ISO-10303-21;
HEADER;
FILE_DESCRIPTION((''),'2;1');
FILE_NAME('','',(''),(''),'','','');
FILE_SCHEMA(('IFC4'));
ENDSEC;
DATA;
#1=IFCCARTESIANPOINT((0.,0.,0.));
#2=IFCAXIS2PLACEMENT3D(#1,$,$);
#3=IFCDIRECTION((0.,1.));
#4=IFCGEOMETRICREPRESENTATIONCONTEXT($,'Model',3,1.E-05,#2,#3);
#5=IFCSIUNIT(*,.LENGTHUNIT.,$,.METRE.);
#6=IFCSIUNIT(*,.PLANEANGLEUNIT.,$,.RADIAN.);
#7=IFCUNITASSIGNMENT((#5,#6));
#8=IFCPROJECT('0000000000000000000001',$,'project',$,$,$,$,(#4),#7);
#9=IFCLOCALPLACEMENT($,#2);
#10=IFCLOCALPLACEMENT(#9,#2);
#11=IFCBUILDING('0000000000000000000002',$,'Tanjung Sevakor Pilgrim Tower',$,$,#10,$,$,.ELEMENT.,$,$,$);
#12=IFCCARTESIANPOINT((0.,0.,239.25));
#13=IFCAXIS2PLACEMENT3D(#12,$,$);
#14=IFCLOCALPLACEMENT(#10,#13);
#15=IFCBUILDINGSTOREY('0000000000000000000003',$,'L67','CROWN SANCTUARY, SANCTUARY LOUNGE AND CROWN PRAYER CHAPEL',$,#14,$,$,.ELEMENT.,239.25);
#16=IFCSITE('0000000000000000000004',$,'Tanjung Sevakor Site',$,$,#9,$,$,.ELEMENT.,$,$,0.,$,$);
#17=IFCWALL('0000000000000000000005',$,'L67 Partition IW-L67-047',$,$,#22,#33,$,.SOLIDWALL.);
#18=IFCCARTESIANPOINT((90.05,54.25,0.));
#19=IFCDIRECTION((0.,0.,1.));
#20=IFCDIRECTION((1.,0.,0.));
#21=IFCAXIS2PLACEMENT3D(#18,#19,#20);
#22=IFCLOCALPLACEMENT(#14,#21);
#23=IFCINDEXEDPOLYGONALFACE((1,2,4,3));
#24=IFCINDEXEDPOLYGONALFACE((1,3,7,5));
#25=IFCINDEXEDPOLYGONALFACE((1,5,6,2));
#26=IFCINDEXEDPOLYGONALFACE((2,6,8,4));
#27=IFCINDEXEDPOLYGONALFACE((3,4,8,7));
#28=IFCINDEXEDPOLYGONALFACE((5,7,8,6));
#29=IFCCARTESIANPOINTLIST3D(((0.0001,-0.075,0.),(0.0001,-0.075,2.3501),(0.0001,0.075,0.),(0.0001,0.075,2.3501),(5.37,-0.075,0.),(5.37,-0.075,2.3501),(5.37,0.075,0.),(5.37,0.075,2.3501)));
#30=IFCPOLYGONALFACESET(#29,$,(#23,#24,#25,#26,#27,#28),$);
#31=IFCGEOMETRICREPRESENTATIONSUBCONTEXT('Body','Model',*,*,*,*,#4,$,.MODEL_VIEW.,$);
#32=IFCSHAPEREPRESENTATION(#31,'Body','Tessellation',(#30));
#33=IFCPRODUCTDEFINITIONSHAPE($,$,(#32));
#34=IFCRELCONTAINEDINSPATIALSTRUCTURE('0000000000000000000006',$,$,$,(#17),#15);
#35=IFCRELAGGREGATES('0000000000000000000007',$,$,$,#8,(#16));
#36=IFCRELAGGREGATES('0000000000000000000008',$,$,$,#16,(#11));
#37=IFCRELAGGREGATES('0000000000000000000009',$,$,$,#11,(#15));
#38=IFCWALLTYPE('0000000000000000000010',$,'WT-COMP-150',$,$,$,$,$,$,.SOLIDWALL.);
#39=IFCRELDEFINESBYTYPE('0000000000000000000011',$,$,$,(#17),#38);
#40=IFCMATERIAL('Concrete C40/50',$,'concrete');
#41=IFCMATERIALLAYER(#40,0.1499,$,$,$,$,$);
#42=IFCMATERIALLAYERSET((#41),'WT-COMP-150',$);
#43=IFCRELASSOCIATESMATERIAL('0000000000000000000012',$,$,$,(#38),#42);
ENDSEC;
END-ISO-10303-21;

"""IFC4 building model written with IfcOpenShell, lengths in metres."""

from ifc_helpers import new_model, si_unit, direction, frame, frame_2d, origin, place, context, subcontext, project, spatial, rectangle, extrude, material, layer, layer_set, type_object, element, save


model = new_model("IFC4")

# Units and contexts
model_context = context("Model", 3, precision=1e-05, world=origin(), true_north=direction((0.0, 1.0)))
body_context = subcontext(model_context, "Body", "Model", "MODEL_VIEW")
ifc_project = project(units=[si_unit("LENGTHUNIT", "METRE"), si_unit("PLANEANGLEUNIT", "RADIAN")], contexts=[model_context])

# Site, building, storey
site_placement = place(None, origin())
site = spatial("IfcSite", under=ifc_project, at=site_placement, Name="Tanjung Sevakor Site", CompositionType="ELEMENT", RefElevation=0.0)
building_placement = place(site_placement, origin())
building = spatial("IfcBuilding", under=site, at=building_placement, Name="Tanjung Sevakor Pilgrim Tower", CompositionType="ELEMENT")
storey_placement = place(building_placement, frame((0.0, 0.0, 239.25)))
storey = spatial("IfcBuildingStorey", under=building, at=storey_placement, Name="L67", Description="CROWN SANCTUARY, SANCTUARY LOUNGE AND CROWN PRAYER CHAPEL", CompositionType="ELEMENT", Elevation=239.25)

# Shared definitions
ifc_material_1 = material(Name="Concrete C40/50", Category="concrete")
ifc_layer_1 = layer(ifc_material_1, 0.1499)
ifc_layer_set_1 = layer_set([ifc_layer_1], Name="WT-COMP-150")
wall_type_1 = type_object("IfcWallType", Name="WT-COMP-150", PredefinedType="SOLIDWALL", material=ifc_layer_set_1)

# Wall
wall_1_placement = place(storey_placement, frame((90.05, 54.25, 0.0), z_axis=(0.0, 0.0, 1.0), x_axis=(1.0, 0.0, 0.0)))
element("IfcWall", 1, at=wall_1_placement, inside=storey, type_object=wall_type_1, Name="L67 Partition IW-L67-047", PredefinedType="SOLIDWALL", context=body_context, shape_type="SweptSolid", body=[
    extrude(rectangle(XDim=5.3699, YDim=0.1499, at=frame_2d((2.6851, 0.0))), origin(), (0.0, 0.0, 1.0), 2.3501),
])

save(model, "model.ifc")
